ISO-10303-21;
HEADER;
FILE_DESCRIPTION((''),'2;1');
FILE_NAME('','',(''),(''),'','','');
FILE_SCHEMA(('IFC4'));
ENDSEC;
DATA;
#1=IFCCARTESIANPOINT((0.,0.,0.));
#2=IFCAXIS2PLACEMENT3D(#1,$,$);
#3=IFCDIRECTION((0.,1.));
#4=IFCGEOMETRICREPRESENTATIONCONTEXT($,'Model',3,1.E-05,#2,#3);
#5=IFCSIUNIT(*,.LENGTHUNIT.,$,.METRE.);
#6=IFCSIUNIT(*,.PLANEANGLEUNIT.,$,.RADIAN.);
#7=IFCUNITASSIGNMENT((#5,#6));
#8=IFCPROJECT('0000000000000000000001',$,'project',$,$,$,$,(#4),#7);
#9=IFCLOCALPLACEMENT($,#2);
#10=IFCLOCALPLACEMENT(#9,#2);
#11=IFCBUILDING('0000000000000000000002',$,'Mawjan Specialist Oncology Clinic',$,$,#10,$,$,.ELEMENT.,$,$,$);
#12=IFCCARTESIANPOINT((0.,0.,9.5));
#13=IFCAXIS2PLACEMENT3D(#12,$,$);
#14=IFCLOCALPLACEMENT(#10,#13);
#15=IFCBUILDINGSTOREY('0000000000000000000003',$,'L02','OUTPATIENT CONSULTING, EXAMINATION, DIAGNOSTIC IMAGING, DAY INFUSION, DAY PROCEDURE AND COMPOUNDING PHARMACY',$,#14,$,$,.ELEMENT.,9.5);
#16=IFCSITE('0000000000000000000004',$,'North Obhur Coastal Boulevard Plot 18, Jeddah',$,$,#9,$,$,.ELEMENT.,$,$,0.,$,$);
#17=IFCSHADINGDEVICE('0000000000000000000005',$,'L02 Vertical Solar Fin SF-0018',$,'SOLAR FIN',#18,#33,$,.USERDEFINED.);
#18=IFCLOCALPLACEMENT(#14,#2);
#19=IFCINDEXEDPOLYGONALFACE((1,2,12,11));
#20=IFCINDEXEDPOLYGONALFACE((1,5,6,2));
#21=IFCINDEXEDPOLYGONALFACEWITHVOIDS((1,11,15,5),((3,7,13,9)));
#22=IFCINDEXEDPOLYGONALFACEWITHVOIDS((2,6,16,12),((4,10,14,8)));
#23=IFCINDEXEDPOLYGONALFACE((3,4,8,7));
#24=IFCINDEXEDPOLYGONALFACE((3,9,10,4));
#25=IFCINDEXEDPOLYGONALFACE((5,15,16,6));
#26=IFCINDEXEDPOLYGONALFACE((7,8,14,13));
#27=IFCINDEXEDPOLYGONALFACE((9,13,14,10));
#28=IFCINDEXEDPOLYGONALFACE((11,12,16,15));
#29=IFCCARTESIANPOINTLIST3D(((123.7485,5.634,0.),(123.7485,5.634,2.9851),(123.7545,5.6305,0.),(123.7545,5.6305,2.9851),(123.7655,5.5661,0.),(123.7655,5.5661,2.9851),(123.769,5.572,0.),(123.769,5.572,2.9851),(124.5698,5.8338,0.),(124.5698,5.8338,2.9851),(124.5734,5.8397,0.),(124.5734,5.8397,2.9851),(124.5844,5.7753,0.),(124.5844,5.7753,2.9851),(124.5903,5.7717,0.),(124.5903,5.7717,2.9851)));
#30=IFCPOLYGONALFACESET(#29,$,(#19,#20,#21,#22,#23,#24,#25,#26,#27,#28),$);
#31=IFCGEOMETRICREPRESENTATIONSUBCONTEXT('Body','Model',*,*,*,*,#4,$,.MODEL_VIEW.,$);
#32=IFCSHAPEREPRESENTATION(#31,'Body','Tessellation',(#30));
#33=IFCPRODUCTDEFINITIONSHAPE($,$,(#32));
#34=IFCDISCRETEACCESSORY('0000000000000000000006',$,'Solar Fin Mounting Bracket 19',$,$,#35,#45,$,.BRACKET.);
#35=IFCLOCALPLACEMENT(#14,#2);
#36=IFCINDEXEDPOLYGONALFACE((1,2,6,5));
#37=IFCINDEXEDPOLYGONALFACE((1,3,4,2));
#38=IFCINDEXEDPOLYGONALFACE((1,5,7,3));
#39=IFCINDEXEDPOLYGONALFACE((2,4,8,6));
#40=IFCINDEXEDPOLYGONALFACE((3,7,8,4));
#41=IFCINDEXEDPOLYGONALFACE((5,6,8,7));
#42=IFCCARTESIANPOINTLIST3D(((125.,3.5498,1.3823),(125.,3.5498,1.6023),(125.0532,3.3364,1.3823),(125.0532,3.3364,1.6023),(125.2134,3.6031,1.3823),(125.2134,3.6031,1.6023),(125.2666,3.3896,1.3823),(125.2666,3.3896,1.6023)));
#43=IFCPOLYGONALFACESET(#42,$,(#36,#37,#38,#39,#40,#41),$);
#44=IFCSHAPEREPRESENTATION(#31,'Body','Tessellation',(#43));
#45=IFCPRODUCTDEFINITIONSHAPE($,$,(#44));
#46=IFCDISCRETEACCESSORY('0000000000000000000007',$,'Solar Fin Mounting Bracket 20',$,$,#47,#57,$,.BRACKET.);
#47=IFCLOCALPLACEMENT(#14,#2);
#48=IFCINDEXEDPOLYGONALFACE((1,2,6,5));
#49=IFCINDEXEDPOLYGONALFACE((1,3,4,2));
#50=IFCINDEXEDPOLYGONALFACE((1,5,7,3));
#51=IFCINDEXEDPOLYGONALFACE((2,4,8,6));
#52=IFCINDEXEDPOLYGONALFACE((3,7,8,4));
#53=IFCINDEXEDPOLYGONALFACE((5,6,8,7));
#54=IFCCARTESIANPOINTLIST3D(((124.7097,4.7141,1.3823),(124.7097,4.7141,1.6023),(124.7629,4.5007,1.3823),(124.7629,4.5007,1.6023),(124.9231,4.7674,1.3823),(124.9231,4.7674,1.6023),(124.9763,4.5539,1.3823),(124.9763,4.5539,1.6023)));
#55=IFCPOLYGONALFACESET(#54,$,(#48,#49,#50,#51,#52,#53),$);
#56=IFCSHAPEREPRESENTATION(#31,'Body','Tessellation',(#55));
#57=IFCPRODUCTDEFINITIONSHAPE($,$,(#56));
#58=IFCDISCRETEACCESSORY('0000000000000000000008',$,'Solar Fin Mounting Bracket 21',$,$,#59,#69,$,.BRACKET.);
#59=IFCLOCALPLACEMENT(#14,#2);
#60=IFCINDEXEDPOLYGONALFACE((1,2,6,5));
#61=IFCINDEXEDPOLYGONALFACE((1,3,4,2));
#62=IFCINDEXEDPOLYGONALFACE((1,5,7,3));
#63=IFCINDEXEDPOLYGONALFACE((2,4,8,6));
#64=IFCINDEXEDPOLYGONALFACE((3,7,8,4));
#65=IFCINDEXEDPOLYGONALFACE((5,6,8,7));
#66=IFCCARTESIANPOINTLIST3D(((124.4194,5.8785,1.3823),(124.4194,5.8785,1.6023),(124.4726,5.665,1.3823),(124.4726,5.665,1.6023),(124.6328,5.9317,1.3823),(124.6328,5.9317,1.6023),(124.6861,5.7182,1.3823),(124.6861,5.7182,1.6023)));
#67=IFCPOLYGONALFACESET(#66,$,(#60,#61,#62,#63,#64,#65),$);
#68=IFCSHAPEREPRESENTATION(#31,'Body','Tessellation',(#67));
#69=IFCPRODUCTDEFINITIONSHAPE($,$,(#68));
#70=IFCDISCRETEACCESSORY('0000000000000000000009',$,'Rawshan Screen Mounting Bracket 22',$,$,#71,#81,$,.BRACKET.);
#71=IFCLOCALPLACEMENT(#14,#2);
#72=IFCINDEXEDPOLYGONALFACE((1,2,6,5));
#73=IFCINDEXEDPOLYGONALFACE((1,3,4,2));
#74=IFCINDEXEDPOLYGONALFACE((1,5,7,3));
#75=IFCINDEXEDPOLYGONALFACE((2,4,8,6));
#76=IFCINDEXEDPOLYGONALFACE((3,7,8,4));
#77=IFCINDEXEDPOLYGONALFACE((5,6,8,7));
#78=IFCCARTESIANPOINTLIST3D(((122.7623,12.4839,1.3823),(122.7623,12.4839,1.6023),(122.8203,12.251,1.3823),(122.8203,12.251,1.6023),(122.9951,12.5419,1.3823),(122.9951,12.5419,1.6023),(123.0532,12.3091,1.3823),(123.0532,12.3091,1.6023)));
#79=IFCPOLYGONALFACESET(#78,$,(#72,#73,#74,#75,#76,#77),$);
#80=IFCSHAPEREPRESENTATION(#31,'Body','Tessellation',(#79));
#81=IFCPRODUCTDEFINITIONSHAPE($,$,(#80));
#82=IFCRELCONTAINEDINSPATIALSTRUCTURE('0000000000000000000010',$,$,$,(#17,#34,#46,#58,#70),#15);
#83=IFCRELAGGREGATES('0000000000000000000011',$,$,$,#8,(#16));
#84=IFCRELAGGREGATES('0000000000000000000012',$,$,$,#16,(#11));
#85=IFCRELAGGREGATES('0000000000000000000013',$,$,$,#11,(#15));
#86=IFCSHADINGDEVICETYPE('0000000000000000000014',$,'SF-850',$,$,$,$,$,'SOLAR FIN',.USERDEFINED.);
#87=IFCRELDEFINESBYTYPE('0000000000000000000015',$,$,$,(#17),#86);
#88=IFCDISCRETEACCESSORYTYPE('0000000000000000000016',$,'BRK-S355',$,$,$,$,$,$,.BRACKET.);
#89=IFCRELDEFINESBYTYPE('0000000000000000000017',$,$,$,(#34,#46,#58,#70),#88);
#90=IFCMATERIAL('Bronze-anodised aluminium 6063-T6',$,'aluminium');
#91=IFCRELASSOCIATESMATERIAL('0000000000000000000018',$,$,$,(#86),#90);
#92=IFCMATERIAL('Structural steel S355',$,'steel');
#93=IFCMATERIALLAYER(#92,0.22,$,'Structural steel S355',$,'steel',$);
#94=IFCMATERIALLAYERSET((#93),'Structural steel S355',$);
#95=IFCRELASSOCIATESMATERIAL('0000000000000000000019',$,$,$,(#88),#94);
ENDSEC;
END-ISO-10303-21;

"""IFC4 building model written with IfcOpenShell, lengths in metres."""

from ifc_helpers import new_model, si_unit, direction, frame, origin, origin_2d, place, context, subcontext, project, spatial, rectangle, hollow_rectangle, extrude, material, layer, layer_set, material_profile, profile_set, type_object, element, save


model = new_model("IFC4")

# Units and contexts
model_context = context("Model", 3, precision=1e-05, world=origin(), true_north=direction((0.0, 1.0)))
body_context = subcontext(model_context, "Body", "Model", "MODEL_VIEW")
ifc_project = project(units=[si_unit("LENGTHUNIT", "METRE"), si_unit("PLANEANGLEUNIT", "RADIAN")], contexts=[model_context])

# Site, building, storey
site_placement = place(None, origin())
site = spatial("IfcSite", under=ifc_project, at=site_placement, Name="North Obhur Coastal Boulevard Plot 18, Jeddah", CompositionType="ELEMENT", RefElevation=0.0)
building_placement = place(site_placement, origin())
building = spatial("IfcBuilding", under=site, at=building_placement, Name="Mawjan Specialist Oncology Clinic", CompositionType="ELEMENT")
storey_placement = place(building_placement, frame((0.0, 0.0, 9.5)))
storey = spatial("IfcBuildingStorey", under=building, at=storey_placement, Name="L02", Description="OUTPATIENT CONSULTING, EXAMINATION, DIAGNOSTIC IMAGING, DAY INFUSION, DAY PROCEDURE AND COMPOUNDING PHARMACY", CompositionType="ELEMENT", Elevation=9.5)

# Shading device
ifc_material_1 = material(Name="Bronze-anodised aluminium 6063-T6", Category="aluminium")
ifc_material_profile_1 = material_profile(ifc_material_1, hollow_rectangle(XDim=0.0701, YDim=0.8501, WallThickness=0.0049, at=origin_2d()), Name="FIN 850x70x5", Category="aluminium")
ifc_profile_set_1 = profile_set([ifc_material_profile_1], Name="Bronze-anodised aluminium 6063-T6")
shading_device_type = type_object("IfcShadingDeviceType", Name="SF-850", ElementType="SOLAR FIN", PredefinedType="USERDEFINED", material=ifc_profile_set_1)
for number, where, z_axis, x_axis, name in (
    (1, (124.1694, 5.7029, 0.0), (0.0, 0.0, 1.0), (-0.241922, 0.970296, 0.0), "L02 Vertical Solar Fin SF-0018"),
):
    element("IfcShadingDevice", number, at=place(storey_placement, frame(where, z_axis=z_axis, x_axis=x_axis)), inside=storey, type_object=shading_device_type, Name=name, ObjectType="SOLAR FIN", PredefinedType="USERDEFINED", context=body_context, shape_type="SweptSolid", body=[
        extrude(hollow_rectangle(XDim=0.0701, YDim=0.8501, WallThickness=0.0049, at=origin_2d()), origin(), (0.0, 0.0, 1.0), 2.9851),
    ])

# Discrete accessories
ifc_material_2 = material(Name="Structural steel S355", Category="steel")
ifc_layer_1 = layer(ifc_material_2, 0.22, Name="Structural steel S355", Category="steel")
ifc_layer_set_1 = layer_set([ifc_layer_1], Name="Structural steel S355")
discrete_accessory_type = type_object("IfcDiscreteAccessoryType", Name="BRK-S355", PredefinedType="BRACKET", material=ifc_layer_set_1)
for number, where, z_axis, x_axis, name in (
    (2, (125.1333, 3.4697, 1.3823), (0.0, 0.0, 1.0), (-0.241922, 0.970296, 0.0), "Solar Fin Mounting Bracket 19"),
    (3, (124.843, 4.634, 1.3823), (0.0, 0.0, 1.0), (-0.241922, 0.970296, 0.0), "Solar Fin Mounting Bracket 20"),
    (4, (124.5527, 5.7983, 1.3823), (0.0, 0.0, 1.0), (-0.241922, 0.970296, 0.0), "Solar Fin Mounting Bracket 21"),
):
    element("IfcDiscreteAccessory", number, at=place(storey_placement, frame(where, z_axis=z_axis, x_axis=x_axis)), inside=storey, type_object=discrete_accessory_type, Name=name, PredefinedType="BRACKET", context=body_context, shape_type="SweptSolid", body=[
        extrude(rectangle(XDim=0.22, YDim=0.22, at=origin_2d()), origin(), (0.0, 0.0, 1.0), 0.22),
    ])
discrete_accessory_placement = place(storey_placement, frame((122.9077, 12.3965, 1.3823), z_axis=(0.0, 0.0, 1.0), x_axis=(-0.241922, 0.970296, 0.0)))
element("IfcDiscreteAccessory", 5, at=discrete_accessory_placement, inside=storey, type_object=discrete_accessory_type, Name="Rawshan Screen Mounting Bracket 22", PredefinedType="BRACKET", context=body_context, shape_type="SweptSolid", body=[
    extrude(rectangle(XDim=0.24, YDim=0.24, at=origin_2d()), origin(), (0.0, 0.0, 1.0), 0.22),
])

save(model, "model.ifc")
